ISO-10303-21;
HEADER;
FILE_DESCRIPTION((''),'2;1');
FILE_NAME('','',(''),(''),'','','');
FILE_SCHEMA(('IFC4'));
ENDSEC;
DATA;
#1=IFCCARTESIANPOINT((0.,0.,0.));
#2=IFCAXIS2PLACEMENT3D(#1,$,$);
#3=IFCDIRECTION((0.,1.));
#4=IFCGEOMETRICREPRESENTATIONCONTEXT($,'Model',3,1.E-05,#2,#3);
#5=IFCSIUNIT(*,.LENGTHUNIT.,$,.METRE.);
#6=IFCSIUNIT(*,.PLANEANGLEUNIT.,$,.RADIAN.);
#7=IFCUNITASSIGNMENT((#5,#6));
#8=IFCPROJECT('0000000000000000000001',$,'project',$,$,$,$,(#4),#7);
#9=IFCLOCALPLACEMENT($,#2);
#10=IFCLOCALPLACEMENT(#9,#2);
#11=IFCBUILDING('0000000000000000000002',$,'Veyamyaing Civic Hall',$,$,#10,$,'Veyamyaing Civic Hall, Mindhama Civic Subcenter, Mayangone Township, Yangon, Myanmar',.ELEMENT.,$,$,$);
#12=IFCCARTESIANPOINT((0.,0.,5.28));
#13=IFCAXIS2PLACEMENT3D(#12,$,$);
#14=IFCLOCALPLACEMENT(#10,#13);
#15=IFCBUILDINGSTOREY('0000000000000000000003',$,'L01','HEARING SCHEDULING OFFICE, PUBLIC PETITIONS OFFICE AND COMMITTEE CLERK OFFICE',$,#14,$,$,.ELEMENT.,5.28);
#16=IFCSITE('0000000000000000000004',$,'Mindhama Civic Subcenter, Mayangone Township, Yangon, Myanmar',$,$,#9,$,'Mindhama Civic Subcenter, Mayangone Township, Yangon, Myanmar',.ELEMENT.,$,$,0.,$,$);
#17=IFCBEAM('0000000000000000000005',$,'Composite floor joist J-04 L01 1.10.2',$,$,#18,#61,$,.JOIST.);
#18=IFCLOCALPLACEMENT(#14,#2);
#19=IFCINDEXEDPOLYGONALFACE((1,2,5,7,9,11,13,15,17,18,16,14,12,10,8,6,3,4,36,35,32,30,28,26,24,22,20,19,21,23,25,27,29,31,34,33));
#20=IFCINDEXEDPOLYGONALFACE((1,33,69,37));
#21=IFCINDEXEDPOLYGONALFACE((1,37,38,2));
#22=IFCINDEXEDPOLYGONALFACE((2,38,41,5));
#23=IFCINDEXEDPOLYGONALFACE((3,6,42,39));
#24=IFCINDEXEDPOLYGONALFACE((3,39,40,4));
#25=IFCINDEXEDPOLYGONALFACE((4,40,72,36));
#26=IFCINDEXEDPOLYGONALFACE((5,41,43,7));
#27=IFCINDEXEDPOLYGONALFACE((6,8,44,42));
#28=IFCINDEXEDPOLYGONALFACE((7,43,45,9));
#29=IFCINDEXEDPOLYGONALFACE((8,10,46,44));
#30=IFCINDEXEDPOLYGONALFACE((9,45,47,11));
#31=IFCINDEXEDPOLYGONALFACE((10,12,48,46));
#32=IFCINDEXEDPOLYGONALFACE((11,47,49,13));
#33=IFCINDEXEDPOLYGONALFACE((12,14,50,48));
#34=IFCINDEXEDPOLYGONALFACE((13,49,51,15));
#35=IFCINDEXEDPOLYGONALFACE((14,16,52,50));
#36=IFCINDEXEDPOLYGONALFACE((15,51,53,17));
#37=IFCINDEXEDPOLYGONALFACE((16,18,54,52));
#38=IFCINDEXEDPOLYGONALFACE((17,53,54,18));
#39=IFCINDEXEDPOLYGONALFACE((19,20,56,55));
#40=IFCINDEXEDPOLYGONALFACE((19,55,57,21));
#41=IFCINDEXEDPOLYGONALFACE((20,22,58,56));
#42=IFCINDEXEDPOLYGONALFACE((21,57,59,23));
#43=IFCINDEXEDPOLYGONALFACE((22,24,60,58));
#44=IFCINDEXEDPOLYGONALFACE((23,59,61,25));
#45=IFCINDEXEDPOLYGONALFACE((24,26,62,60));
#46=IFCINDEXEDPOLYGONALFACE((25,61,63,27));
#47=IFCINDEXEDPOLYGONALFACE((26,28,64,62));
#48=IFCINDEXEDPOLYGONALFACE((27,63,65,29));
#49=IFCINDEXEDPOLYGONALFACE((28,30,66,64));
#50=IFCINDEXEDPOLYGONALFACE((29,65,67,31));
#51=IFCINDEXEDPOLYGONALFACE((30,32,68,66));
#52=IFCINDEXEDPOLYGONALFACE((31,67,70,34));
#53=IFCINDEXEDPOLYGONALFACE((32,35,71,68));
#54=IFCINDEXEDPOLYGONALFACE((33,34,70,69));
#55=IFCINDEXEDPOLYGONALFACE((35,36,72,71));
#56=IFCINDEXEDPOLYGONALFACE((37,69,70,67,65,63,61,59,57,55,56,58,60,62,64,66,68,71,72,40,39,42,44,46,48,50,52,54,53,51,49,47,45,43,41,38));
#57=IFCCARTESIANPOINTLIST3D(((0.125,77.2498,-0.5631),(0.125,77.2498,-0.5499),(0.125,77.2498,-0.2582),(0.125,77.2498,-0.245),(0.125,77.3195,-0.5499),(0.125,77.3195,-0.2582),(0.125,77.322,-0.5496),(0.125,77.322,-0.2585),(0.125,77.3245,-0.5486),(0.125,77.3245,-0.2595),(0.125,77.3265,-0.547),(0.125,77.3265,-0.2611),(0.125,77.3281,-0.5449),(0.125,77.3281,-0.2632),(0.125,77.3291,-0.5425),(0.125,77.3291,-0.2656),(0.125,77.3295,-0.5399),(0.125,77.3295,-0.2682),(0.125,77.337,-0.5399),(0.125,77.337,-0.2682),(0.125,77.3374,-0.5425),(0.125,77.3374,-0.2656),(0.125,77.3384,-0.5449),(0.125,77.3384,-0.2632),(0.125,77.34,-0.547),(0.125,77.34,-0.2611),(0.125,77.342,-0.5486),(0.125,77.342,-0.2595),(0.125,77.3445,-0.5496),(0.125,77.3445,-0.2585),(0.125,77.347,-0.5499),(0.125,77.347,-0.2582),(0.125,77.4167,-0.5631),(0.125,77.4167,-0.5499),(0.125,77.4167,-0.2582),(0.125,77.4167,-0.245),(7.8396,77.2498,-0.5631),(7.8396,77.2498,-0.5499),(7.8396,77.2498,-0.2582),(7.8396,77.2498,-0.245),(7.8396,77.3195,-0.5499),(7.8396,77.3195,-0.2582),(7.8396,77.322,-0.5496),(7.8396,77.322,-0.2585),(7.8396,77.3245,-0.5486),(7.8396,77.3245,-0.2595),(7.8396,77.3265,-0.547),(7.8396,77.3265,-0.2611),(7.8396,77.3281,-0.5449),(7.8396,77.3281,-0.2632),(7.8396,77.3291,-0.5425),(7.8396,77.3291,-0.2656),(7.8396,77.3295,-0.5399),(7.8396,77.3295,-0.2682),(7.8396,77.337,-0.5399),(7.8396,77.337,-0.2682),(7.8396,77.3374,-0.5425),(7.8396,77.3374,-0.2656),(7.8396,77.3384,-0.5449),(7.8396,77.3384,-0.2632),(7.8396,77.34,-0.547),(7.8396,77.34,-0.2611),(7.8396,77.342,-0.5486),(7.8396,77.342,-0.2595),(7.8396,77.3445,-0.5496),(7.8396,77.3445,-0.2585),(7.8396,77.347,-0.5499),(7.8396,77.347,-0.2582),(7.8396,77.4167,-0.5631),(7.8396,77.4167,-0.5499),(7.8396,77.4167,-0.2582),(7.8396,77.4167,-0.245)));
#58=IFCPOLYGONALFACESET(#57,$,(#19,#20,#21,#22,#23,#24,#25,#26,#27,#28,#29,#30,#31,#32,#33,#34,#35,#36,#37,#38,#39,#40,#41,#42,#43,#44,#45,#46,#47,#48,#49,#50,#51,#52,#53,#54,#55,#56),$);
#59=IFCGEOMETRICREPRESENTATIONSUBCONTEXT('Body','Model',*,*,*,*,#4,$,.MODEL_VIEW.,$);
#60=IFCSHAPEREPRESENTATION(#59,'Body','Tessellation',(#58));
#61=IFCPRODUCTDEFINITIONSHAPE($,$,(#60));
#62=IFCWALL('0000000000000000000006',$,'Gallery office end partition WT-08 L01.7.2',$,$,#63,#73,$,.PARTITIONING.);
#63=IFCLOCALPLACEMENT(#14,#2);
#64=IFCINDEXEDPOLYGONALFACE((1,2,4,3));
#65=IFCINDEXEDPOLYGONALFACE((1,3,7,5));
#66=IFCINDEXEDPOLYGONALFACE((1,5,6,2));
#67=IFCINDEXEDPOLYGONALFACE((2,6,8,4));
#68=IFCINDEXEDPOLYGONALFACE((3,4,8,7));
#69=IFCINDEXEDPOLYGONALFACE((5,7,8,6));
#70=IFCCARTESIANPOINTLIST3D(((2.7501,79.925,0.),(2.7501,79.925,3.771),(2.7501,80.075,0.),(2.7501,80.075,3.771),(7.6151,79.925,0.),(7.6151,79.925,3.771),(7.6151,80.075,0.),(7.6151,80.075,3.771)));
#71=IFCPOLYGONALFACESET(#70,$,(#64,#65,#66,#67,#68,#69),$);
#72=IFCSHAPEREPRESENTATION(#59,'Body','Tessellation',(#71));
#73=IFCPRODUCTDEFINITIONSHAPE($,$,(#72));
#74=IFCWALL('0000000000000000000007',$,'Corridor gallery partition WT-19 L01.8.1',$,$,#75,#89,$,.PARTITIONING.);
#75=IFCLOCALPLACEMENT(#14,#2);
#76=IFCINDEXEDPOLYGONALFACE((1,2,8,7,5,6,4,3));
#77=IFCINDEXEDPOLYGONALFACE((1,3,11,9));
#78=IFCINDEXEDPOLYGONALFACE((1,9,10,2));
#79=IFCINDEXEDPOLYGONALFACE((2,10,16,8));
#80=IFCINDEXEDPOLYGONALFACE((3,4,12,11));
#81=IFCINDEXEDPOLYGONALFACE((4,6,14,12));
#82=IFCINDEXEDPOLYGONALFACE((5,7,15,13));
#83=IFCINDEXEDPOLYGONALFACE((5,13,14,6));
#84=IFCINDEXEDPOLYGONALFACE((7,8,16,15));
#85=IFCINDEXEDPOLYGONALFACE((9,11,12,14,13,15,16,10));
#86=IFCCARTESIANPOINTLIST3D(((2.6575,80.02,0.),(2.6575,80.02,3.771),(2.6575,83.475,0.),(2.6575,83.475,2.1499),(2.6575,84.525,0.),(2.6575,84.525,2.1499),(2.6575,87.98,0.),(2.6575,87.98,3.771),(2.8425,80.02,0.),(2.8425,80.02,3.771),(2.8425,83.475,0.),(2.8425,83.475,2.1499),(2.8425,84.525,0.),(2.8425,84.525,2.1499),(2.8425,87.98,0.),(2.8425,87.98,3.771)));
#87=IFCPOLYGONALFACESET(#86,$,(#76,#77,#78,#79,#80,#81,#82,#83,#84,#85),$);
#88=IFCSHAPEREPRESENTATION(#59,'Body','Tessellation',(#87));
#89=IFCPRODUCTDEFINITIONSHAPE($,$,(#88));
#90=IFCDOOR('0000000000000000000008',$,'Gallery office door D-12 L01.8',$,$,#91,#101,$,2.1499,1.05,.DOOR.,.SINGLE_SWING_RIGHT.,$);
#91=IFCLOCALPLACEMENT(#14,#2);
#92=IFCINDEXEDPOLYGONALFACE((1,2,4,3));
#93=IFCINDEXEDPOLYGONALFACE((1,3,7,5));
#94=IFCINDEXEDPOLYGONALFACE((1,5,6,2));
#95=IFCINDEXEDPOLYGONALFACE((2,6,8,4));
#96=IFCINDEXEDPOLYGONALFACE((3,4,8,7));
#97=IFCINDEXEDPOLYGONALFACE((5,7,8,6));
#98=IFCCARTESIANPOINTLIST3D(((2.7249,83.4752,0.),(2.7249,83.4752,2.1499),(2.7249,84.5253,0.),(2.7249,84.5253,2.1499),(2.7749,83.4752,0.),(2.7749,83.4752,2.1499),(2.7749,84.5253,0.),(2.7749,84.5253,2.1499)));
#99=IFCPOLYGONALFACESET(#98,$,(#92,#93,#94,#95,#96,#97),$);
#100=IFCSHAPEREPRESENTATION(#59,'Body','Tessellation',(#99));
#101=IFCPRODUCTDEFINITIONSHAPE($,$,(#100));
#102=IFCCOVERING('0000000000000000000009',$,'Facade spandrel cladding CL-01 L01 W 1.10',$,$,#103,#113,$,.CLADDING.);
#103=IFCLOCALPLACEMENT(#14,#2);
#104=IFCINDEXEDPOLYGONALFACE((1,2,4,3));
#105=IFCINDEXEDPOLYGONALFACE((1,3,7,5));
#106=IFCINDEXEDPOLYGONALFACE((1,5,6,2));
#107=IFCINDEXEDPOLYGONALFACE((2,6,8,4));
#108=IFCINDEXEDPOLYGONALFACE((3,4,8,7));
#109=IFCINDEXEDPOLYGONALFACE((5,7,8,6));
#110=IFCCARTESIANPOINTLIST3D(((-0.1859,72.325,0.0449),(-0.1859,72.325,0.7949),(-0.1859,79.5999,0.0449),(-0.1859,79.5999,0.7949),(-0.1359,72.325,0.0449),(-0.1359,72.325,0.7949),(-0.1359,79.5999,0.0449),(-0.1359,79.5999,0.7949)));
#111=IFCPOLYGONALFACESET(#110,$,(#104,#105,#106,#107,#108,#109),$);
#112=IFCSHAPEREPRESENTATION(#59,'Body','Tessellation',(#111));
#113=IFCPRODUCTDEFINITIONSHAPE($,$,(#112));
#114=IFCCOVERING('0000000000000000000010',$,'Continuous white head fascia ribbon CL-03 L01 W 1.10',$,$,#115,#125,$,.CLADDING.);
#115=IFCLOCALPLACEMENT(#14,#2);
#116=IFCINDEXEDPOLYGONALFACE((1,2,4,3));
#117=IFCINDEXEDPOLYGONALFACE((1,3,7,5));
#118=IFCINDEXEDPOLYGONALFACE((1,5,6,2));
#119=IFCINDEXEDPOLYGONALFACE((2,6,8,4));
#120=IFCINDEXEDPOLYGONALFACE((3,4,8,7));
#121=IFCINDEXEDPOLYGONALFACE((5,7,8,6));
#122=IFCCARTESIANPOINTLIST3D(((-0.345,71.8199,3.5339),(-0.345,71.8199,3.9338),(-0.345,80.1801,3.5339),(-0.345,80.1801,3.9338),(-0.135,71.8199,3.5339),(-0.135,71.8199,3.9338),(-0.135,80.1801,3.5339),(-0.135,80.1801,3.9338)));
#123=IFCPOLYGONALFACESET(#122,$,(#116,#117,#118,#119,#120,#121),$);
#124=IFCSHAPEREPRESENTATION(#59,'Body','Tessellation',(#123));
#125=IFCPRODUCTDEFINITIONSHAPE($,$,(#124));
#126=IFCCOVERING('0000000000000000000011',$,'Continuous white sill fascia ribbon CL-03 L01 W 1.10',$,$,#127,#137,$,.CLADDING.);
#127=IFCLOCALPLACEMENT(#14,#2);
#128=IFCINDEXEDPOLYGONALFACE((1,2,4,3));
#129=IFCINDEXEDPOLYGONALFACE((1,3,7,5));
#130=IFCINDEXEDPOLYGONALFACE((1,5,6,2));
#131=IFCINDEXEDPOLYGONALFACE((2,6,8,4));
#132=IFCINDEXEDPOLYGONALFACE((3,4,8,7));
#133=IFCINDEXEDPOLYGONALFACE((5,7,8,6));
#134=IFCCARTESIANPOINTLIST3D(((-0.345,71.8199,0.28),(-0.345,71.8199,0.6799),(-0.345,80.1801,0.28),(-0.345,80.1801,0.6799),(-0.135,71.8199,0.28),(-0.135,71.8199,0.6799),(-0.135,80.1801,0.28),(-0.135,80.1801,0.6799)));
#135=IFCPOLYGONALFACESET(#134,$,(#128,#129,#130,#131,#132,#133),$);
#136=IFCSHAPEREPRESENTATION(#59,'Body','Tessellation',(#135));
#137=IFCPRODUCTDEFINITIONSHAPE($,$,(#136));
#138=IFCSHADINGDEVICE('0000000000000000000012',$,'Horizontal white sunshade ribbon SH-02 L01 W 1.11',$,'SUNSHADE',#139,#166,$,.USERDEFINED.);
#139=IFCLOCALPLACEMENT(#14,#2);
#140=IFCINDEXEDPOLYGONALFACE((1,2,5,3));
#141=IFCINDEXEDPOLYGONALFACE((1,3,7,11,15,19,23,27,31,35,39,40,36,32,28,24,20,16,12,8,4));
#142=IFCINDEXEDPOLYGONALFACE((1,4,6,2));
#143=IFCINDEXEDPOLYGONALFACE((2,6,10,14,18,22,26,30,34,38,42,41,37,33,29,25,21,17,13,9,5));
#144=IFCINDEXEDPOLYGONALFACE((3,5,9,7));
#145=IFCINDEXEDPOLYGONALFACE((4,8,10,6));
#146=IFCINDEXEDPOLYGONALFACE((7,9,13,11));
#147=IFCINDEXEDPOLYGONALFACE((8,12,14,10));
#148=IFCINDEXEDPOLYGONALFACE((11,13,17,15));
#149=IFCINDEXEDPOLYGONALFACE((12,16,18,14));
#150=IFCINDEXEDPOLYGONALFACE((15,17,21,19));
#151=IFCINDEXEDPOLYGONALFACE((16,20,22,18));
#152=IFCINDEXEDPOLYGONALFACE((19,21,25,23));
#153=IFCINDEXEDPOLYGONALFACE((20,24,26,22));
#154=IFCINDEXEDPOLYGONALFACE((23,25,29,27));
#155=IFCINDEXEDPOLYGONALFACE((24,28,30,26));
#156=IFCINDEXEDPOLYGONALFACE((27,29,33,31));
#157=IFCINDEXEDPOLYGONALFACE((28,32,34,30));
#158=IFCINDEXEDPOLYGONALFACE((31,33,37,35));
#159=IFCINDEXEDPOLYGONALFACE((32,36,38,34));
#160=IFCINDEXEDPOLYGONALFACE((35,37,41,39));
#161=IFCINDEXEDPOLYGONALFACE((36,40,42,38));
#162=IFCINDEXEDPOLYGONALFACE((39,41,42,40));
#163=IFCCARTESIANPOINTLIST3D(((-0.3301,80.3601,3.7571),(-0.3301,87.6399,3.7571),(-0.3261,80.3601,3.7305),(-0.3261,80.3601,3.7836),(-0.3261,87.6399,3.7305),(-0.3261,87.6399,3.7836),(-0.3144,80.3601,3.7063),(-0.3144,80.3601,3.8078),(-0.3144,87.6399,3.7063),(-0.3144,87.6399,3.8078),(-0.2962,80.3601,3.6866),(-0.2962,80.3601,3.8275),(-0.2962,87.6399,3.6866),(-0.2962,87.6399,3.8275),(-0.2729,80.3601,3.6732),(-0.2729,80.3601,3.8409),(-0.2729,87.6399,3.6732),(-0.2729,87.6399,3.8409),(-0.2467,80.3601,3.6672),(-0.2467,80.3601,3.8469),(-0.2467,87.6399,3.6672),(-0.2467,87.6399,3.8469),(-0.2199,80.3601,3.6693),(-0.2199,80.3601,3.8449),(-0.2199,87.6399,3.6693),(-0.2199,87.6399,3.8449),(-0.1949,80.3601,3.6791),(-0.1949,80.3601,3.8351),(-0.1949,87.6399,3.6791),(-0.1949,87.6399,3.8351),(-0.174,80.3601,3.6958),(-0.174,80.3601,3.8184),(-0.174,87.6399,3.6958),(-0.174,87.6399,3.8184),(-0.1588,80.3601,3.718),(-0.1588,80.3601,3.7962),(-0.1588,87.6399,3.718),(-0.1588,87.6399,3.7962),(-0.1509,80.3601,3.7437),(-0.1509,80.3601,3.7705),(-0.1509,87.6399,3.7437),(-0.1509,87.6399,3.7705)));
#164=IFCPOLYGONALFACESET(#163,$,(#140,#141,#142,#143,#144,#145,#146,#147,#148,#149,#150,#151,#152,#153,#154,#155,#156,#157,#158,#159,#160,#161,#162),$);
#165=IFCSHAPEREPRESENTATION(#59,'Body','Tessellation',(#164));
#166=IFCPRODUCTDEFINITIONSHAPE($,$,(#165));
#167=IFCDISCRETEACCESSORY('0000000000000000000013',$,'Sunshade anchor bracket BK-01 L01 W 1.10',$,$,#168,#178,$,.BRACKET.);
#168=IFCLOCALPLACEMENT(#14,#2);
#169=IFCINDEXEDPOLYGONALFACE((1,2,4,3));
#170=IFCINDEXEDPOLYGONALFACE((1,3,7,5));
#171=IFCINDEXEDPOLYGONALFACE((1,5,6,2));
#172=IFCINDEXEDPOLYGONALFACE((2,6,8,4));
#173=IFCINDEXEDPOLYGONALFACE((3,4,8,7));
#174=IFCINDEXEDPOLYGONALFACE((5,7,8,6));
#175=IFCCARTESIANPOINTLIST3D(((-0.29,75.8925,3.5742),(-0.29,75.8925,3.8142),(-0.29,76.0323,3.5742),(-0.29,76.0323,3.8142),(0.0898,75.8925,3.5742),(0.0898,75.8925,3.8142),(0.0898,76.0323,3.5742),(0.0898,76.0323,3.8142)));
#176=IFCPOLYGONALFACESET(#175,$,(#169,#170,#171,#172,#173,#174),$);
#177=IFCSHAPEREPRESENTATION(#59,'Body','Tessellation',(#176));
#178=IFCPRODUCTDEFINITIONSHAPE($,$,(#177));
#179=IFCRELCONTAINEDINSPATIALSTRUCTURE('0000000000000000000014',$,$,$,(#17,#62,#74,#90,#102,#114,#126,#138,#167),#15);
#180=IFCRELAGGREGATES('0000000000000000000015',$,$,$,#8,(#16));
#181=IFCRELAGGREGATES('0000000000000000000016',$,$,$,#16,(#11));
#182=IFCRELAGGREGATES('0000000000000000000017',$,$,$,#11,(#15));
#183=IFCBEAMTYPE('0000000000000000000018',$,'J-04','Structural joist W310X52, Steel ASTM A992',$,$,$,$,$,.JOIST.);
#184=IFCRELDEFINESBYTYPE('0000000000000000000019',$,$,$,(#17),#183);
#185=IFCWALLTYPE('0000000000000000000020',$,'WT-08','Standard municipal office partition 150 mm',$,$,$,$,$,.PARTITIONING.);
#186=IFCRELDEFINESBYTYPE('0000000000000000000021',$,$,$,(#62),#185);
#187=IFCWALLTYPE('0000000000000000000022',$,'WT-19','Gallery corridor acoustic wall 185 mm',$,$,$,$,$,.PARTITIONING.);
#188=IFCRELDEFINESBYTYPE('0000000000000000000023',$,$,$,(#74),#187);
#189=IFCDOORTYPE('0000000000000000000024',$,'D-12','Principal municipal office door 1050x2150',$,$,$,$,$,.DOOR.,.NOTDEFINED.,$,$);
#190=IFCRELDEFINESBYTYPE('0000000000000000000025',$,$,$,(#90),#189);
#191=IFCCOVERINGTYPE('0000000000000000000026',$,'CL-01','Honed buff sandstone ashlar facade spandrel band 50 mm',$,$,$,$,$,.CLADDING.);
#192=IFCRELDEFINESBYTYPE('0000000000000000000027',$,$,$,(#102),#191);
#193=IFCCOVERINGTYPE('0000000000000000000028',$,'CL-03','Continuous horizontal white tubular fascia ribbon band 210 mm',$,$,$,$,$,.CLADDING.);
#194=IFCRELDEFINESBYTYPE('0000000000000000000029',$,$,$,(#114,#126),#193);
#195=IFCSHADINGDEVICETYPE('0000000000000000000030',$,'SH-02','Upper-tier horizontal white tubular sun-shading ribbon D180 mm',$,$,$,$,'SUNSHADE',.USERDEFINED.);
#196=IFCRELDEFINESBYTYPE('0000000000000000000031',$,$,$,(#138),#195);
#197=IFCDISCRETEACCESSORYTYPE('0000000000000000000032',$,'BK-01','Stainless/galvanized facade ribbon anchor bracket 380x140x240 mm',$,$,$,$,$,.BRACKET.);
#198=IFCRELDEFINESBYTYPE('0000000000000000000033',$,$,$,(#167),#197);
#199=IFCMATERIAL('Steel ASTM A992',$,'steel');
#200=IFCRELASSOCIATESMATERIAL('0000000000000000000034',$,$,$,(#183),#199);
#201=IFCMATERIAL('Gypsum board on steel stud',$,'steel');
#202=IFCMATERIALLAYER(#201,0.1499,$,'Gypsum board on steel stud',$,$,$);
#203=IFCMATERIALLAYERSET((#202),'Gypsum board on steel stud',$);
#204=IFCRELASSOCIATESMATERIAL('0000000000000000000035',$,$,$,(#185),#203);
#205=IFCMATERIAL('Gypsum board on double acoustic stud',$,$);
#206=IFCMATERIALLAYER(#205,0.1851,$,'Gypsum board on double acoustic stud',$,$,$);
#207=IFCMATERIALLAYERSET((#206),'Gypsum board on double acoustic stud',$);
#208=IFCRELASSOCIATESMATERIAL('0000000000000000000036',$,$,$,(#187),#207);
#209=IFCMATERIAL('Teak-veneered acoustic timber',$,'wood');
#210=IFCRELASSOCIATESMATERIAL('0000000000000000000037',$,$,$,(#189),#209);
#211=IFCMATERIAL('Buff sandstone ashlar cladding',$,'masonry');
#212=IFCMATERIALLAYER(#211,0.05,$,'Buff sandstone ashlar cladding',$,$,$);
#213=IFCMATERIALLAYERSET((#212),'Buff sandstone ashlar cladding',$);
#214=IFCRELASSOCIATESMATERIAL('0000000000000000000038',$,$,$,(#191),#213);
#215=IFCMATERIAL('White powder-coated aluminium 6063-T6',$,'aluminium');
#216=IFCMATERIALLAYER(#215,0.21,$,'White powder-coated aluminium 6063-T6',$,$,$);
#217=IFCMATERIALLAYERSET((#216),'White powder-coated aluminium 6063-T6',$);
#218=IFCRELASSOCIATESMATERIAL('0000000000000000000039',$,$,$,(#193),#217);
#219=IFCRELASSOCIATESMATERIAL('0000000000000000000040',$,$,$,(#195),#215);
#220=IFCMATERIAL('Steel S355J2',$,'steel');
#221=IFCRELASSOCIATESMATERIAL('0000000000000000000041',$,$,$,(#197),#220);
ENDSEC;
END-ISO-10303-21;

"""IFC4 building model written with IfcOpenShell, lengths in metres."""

from ifc_helpers import new_model, si_unit, direction, frame, frame_2d, origin, origin_2d, place, context, subcontext, project, spatial, rectangle, circle, i_section, extrude, material, layer, layer_set, material_profile, profile_set, type_object, element, fill, save


model = new_model("IFC4")

# Units and contexts
model_context = context("Model", 3, precision=1e-05, world=origin(), true_north=direction((0.0, 1.0)))
body_context = subcontext(model_context, "Body", "Model", "MODEL_VIEW")
ifc_project = project(units=[si_unit("LENGTHUNIT", "METRE"), si_unit("PLANEANGLEUNIT", "RADIAN")], contexts=[model_context])

# Site, building, storey
site_placement = place(None, origin())
site = spatial("IfcSite", under=ifc_project, at=site_placement, Name="Mindhama Civic Subcenter, Mayangone Township, Yangon, Myanmar", LongName="Mindhama Civic Subcenter, Mayangone Township, Yangon, Myanmar", CompositionType="ELEMENT", RefElevation=0.0)
building_placement = place(site_placement, origin())
building = spatial("IfcBuilding", under=site, at=building_placement, Name="Veyamyaing Civic Hall", LongName="Veyamyaing Civic Hall, Mindhama Civic Subcenter, Mayangone Township, Yangon, Myanmar", CompositionType="ELEMENT")
storey_placement = place(building_placement, frame((0.0, 0.0, 5.28)))
storey = spatial("IfcBuildingStorey", under=building, at=storey_placement, Name="L01", Description="HEARING SCHEDULING OFFICE, PUBLIC PETITIONS OFFICE AND COMMITTEE CLERK OFFICE", CompositionType="ELEMENT", Elevation=5.28)

# Shared definitions
ifc_material_1 = material(Name="Steel ASTM A992", Category="steel")

# Beam
ifc_material_profile_1 = material_profile(ifc_material_1, i_section(OverallWidth=0.167, OverallDepth=0.3181, WebThickness=0.0076, FlangeThickness=0.0132, FilletRadius=0.01, at=origin_2d()), Name="W310X52")
ifc_profile_set_1 = profile_set([ifc_material_profile_1], Name="Steel ASTM A992")
beam_type_1 = type_object("IfcBeamType", Name="J-04", Description="Structural joist W310X52, Steel ASTM A992", PredefinedType="JOIST", material=ifc_profile_set_1)
for number, where, z_axis, x_axis, name in (
    (1, (0.125, 77.3333, -0.4041), (1.0, 0.0, 0.0), (0.0, 1.0, 0.0), "Composite floor joist J-04 L01 1.10.2"),
):
    element("IfcBeam", number, at=place(storey_placement, frame(where, z_axis=z_axis, x_axis=x_axis)), inside=storey, type_object=beam_type_1, Name=name, PredefinedType="JOIST", context=body_context, shape_type="SweptSolid", body=[
        extrude(i_section(OverallWidth=0.167, OverallDepth=0.3181, WebThickness=0.0076, FlangeThickness=0.0132, FilletRadius=0.01, at=origin_2d()), origin(), (0.0, 0.0, 1.0), 7.7146),
    ])

# Wall
ifc_material_2 = material(Name="Gypsum board on steel stud", Category="steel")
ifc_layer_1 = layer(ifc_material_2, 0.1499, Name="Gypsum board on steel stud")
ifc_layer_set_1 = layer_set([ifc_layer_1], Name="Gypsum board on steel stud")
wall_type_1 = type_object("IfcWallType", Name="WT-08", Description="Standard municipal office partition 150 mm", PredefinedType="PARTITIONING", material=ifc_layer_set_1)
wall_1_placement = place(storey_placement, frame((2.75, 80.0, 0.0), z_axis=(0.0, 0.0, 1.0), x_axis=(1.0, 0.0, 0.0)))
element("IfcWall", 2, at=wall_1_placement, inside=storey, type_object=wall_type_1, Name="Gallery office end partition WT-08 L01.7.2", PredefinedType="PARTITIONING", context=body_context, shape_type="SweptSolid", body=[
    extrude(rectangle(XDim=4.865, YDim=0.1499, at=frame_2d((2.4326, 0.0))), origin(), (0.0, 0.0, 1.0), 3.771),
])

# Wall, opening, door
ifc_material_3 = material(Name="Gypsum board on double acoustic stud")
ifc_layer_2 = layer(ifc_material_3, 0.1851, Name="Gypsum board on double acoustic stud")
ifc_layer_set_2 = layer_set([ifc_layer_2], Name="Gypsum board on double acoustic stud")
wall_type_2 = type_object("IfcWallType", Name="WT-19", Description="Gallery corridor acoustic wall 185 mm", PredefinedType="PARTITIONING", material=ifc_layer_set_2)
wall_2_placement = place(storey_placement, frame((2.75, 80.02, 0.0), z_axis=(0.0, 0.0, 1.0), x_axis=(0.0, 1.0, 0.0)))
wall_2 = element("IfcWall", 3, at=wall_2_placement, inside=storey, type_object=wall_type_2, Name="Corridor gallery partition WT-19 L01.8.1", PredefinedType="PARTITIONING", context=body_context, shape_type="SweptSolid", body=[
    extrude(rectangle(XDim=7.96, YDim=0.1851, at=frame_2d((3.98, 0.0))), origin(), (0.0, 0.0, 1.0), 3.771),
])
opening_placement = place(wall_2_placement, frame((3.4551, 0.0, 0.0)))
opening = element("IfcOpeningElement", 4, at=opening_placement, cuts=wall_2, PredefinedType="OPENING", context=body_context, shape_type="SweptSolid", body=[
    extrude(rectangle(XDim=1.05, YDim=2.1499, at=frame_2d((0.5249, 1.075))), frame((0.0, 0.1025, 0.0), z_axis=(0.0, -1.0, 0.0), x_axis=(1.0, 0.0, 0.0)), (0.0, 0.0, 1.0), 0.2051),
])
ifc_material_4 = material(Name="Teak-veneered acoustic timber", Category="wood")
door_type = type_object("IfcDoorType", Name="D-12", Description="Principal municipal office door 1050x2150", OperationType="NOTDEFINED", PredefinedType="DOOR", material=ifc_material_4)
door_placement = place(opening_placement, frame((1.05, 0.0, 0.0), z_axis=(0.0, 0.0, 1.0), x_axis=(-1.0, 0.0, 0.0)))
door = element("IfcDoor", 5, at=door_placement, inside=storey, type_object=door_type, Name="Gallery office door D-12 L01.8", OperationType="SINGLE_SWING_RIGHT", OverallHeight=2.1499, OverallWidth=1.05, PredefinedType="DOOR", context=body_context, shape_type="SweptSolid", body=[
    extrude(rectangle(XDim=1.05, YDim=2.1499, at=frame_2d((0.5249, 1.075))), frame((0.0, 0.0249, 0.0), z_axis=(0.0, -1.0, 0.0), x_axis=(1.0, 0.0, 0.0)), (0.0, 0.0, 1.0), 0.05),
])
fill(opening, door)

# Coverings
ifc_material_5 = material(Name="Buff sandstone ashlar cladding", Category="masonry")
ifc_layer_3 = layer(ifc_material_5, 0.05, Name="Buff sandstone ashlar cladding")
ifc_layer_set_3 = layer_set([ifc_layer_3], Name="Buff sandstone ashlar cladding")
covering_type_1 = type_object("IfcCoveringType", Name="CL-01", Description="Honed buff sandstone ashlar facade spandrel band 50 mm", PredefinedType="CLADDING", material=ifc_layer_set_3)
covering_placement = place(storey_placement, frame((-0.1609, 75.9624, 0.0449), z_axis=(0.0, 0.0, 1.0), x_axis=(0.0, 1.0, 0.0)))
element("IfcCovering", 6, at=covering_placement, inside=storey, type_object=covering_type_1, Name="Facade spandrel cladding CL-01 L01 W 1.10", PredefinedType="CLADDING", context=body_context, shape_type="SweptSolid", body=[
    extrude(rectangle(XDim=7.2749, YDim=0.05, at=origin_2d()), origin(), (0.0, 0.0, 1.0), 0.75),
])
ifc_material_6 = material(Name="White powder-coated aluminium 6063-T6", Category="aluminium")
ifc_layer_4 = layer(ifc_material_6, 0.21, Name="White powder-coated aluminium 6063-T6")
ifc_layer_set_4 = layer_set([ifc_layer_4], Name="White powder-coated aluminium 6063-T6")
covering_type_2 = type_object("IfcCoveringType", Name="CL-03", Description="Continuous horizontal white tubular fascia ribbon band 210 mm", PredefinedType="CLADDING", material=ifc_layer_set_4)
for number, where, z_axis, x_axis, name in (
    (7, (-0.24, 76.0, 3.5339), (0.0, 0.0, 1.0), (0.0, 1.0, 0.0), "Continuous white head fascia ribbon CL-03 L01 W 1.10"),
    (8, (-0.24, 76.0, 0.28), (0.0, 0.0, 1.0), (0.0, 1.0, 0.0), "Continuous white sill fascia ribbon CL-03 L01 W 1.10"),
):
    element("IfcCovering", number, at=place(storey_placement, frame(where, z_axis=z_axis, x_axis=x_axis)), inside=storey, type_object=covering_type_2, Name=name, PredefinedType="CLADDING", context=body_context, shape_type="SweptSolid", body=[
        extrude(rectangle(XDim=8.3601, YDim=0.21, at=origin_2d()), origin(), (0.0, 0.0, 1.0), 0.3999),
    ])

# Shading device
ifc_material_profile_2 = material_profile(ifc_material_6, circle(Radius=0.0901, at=origin_2d()), Name="SHADE-TUBE-180")
ifc_profile_set_2 = profile_set([ifc_material_profile_2], Name="White powder-coated aluminium 6063-T6")
shading_device_type = type_object("IfcShadingDeviceType", Name="SH-02", Description="Upper-tier horizontal white tubular sun-shading ribbon D180 mm", ElementType="SUNSHADE", PredefinedType="USERDEFINED", material=ifc_profile_set_2)
shading_device_placement = place(storey_placement, frame((-0.24, 80.3601, 3.7571), z_axis=(0.0, 1.0, 0.0), x_axis=(-1.0, 0.0, 0.0)))
element("IfcShadingDevice", 9, at=shading_device_placement, inside=storey, type_object=shading_device_type, Name="Horizontal white sunshade ribbon SH-02 L01 W 1.11", ObjectType="SUNSHADE", PredefinedType="USERDEFINED", context=body_context, shape_type="SweptSolid", body=[
    extrude(circle(Radius=0.0901, at=origin_2d()), origin(), (0.0, 0.0, 1.0), 7.2798),
])

# Discrete accessory
ifc_material_7 = material(Name="Steel S355J2", Category="steel")
discrete_accessory_type = type_object("IfcDiscreteAccessoryType", Name="BK-01", Description="Stainless/galvanized facade ribbon anchor bracket 380x140x240 mm", PredefinedType="BRACKET", material=ifc_material_7)
for number, where, z_axis, x_axis, name in (
    (10, (-0.1001, 75.9624, 3.5742), (0.0, 0.0, 1.0), (-1.0, 0.0, 0.0), "Sunshade anchor bracket BK-01 L01 W 1.10"),
):
    element("IfcDiscreteAccessory", number, at=place(storey_placement, frame(where, z_axis=z_axis, x_axis=x_axis)), inside=storey, type_object=discrete_accessory_type, Name=name, PredefinedType="BRACKET", context=body_context, shape_type="SweptSolid", body=[
        extrude(rectangle(XDim=0.3799, YDim=0.1399, at=origin_2d()), origin(), (0.0, 0.0, 1.0), 0.24),
    ])

save(model, "model.ifc")
